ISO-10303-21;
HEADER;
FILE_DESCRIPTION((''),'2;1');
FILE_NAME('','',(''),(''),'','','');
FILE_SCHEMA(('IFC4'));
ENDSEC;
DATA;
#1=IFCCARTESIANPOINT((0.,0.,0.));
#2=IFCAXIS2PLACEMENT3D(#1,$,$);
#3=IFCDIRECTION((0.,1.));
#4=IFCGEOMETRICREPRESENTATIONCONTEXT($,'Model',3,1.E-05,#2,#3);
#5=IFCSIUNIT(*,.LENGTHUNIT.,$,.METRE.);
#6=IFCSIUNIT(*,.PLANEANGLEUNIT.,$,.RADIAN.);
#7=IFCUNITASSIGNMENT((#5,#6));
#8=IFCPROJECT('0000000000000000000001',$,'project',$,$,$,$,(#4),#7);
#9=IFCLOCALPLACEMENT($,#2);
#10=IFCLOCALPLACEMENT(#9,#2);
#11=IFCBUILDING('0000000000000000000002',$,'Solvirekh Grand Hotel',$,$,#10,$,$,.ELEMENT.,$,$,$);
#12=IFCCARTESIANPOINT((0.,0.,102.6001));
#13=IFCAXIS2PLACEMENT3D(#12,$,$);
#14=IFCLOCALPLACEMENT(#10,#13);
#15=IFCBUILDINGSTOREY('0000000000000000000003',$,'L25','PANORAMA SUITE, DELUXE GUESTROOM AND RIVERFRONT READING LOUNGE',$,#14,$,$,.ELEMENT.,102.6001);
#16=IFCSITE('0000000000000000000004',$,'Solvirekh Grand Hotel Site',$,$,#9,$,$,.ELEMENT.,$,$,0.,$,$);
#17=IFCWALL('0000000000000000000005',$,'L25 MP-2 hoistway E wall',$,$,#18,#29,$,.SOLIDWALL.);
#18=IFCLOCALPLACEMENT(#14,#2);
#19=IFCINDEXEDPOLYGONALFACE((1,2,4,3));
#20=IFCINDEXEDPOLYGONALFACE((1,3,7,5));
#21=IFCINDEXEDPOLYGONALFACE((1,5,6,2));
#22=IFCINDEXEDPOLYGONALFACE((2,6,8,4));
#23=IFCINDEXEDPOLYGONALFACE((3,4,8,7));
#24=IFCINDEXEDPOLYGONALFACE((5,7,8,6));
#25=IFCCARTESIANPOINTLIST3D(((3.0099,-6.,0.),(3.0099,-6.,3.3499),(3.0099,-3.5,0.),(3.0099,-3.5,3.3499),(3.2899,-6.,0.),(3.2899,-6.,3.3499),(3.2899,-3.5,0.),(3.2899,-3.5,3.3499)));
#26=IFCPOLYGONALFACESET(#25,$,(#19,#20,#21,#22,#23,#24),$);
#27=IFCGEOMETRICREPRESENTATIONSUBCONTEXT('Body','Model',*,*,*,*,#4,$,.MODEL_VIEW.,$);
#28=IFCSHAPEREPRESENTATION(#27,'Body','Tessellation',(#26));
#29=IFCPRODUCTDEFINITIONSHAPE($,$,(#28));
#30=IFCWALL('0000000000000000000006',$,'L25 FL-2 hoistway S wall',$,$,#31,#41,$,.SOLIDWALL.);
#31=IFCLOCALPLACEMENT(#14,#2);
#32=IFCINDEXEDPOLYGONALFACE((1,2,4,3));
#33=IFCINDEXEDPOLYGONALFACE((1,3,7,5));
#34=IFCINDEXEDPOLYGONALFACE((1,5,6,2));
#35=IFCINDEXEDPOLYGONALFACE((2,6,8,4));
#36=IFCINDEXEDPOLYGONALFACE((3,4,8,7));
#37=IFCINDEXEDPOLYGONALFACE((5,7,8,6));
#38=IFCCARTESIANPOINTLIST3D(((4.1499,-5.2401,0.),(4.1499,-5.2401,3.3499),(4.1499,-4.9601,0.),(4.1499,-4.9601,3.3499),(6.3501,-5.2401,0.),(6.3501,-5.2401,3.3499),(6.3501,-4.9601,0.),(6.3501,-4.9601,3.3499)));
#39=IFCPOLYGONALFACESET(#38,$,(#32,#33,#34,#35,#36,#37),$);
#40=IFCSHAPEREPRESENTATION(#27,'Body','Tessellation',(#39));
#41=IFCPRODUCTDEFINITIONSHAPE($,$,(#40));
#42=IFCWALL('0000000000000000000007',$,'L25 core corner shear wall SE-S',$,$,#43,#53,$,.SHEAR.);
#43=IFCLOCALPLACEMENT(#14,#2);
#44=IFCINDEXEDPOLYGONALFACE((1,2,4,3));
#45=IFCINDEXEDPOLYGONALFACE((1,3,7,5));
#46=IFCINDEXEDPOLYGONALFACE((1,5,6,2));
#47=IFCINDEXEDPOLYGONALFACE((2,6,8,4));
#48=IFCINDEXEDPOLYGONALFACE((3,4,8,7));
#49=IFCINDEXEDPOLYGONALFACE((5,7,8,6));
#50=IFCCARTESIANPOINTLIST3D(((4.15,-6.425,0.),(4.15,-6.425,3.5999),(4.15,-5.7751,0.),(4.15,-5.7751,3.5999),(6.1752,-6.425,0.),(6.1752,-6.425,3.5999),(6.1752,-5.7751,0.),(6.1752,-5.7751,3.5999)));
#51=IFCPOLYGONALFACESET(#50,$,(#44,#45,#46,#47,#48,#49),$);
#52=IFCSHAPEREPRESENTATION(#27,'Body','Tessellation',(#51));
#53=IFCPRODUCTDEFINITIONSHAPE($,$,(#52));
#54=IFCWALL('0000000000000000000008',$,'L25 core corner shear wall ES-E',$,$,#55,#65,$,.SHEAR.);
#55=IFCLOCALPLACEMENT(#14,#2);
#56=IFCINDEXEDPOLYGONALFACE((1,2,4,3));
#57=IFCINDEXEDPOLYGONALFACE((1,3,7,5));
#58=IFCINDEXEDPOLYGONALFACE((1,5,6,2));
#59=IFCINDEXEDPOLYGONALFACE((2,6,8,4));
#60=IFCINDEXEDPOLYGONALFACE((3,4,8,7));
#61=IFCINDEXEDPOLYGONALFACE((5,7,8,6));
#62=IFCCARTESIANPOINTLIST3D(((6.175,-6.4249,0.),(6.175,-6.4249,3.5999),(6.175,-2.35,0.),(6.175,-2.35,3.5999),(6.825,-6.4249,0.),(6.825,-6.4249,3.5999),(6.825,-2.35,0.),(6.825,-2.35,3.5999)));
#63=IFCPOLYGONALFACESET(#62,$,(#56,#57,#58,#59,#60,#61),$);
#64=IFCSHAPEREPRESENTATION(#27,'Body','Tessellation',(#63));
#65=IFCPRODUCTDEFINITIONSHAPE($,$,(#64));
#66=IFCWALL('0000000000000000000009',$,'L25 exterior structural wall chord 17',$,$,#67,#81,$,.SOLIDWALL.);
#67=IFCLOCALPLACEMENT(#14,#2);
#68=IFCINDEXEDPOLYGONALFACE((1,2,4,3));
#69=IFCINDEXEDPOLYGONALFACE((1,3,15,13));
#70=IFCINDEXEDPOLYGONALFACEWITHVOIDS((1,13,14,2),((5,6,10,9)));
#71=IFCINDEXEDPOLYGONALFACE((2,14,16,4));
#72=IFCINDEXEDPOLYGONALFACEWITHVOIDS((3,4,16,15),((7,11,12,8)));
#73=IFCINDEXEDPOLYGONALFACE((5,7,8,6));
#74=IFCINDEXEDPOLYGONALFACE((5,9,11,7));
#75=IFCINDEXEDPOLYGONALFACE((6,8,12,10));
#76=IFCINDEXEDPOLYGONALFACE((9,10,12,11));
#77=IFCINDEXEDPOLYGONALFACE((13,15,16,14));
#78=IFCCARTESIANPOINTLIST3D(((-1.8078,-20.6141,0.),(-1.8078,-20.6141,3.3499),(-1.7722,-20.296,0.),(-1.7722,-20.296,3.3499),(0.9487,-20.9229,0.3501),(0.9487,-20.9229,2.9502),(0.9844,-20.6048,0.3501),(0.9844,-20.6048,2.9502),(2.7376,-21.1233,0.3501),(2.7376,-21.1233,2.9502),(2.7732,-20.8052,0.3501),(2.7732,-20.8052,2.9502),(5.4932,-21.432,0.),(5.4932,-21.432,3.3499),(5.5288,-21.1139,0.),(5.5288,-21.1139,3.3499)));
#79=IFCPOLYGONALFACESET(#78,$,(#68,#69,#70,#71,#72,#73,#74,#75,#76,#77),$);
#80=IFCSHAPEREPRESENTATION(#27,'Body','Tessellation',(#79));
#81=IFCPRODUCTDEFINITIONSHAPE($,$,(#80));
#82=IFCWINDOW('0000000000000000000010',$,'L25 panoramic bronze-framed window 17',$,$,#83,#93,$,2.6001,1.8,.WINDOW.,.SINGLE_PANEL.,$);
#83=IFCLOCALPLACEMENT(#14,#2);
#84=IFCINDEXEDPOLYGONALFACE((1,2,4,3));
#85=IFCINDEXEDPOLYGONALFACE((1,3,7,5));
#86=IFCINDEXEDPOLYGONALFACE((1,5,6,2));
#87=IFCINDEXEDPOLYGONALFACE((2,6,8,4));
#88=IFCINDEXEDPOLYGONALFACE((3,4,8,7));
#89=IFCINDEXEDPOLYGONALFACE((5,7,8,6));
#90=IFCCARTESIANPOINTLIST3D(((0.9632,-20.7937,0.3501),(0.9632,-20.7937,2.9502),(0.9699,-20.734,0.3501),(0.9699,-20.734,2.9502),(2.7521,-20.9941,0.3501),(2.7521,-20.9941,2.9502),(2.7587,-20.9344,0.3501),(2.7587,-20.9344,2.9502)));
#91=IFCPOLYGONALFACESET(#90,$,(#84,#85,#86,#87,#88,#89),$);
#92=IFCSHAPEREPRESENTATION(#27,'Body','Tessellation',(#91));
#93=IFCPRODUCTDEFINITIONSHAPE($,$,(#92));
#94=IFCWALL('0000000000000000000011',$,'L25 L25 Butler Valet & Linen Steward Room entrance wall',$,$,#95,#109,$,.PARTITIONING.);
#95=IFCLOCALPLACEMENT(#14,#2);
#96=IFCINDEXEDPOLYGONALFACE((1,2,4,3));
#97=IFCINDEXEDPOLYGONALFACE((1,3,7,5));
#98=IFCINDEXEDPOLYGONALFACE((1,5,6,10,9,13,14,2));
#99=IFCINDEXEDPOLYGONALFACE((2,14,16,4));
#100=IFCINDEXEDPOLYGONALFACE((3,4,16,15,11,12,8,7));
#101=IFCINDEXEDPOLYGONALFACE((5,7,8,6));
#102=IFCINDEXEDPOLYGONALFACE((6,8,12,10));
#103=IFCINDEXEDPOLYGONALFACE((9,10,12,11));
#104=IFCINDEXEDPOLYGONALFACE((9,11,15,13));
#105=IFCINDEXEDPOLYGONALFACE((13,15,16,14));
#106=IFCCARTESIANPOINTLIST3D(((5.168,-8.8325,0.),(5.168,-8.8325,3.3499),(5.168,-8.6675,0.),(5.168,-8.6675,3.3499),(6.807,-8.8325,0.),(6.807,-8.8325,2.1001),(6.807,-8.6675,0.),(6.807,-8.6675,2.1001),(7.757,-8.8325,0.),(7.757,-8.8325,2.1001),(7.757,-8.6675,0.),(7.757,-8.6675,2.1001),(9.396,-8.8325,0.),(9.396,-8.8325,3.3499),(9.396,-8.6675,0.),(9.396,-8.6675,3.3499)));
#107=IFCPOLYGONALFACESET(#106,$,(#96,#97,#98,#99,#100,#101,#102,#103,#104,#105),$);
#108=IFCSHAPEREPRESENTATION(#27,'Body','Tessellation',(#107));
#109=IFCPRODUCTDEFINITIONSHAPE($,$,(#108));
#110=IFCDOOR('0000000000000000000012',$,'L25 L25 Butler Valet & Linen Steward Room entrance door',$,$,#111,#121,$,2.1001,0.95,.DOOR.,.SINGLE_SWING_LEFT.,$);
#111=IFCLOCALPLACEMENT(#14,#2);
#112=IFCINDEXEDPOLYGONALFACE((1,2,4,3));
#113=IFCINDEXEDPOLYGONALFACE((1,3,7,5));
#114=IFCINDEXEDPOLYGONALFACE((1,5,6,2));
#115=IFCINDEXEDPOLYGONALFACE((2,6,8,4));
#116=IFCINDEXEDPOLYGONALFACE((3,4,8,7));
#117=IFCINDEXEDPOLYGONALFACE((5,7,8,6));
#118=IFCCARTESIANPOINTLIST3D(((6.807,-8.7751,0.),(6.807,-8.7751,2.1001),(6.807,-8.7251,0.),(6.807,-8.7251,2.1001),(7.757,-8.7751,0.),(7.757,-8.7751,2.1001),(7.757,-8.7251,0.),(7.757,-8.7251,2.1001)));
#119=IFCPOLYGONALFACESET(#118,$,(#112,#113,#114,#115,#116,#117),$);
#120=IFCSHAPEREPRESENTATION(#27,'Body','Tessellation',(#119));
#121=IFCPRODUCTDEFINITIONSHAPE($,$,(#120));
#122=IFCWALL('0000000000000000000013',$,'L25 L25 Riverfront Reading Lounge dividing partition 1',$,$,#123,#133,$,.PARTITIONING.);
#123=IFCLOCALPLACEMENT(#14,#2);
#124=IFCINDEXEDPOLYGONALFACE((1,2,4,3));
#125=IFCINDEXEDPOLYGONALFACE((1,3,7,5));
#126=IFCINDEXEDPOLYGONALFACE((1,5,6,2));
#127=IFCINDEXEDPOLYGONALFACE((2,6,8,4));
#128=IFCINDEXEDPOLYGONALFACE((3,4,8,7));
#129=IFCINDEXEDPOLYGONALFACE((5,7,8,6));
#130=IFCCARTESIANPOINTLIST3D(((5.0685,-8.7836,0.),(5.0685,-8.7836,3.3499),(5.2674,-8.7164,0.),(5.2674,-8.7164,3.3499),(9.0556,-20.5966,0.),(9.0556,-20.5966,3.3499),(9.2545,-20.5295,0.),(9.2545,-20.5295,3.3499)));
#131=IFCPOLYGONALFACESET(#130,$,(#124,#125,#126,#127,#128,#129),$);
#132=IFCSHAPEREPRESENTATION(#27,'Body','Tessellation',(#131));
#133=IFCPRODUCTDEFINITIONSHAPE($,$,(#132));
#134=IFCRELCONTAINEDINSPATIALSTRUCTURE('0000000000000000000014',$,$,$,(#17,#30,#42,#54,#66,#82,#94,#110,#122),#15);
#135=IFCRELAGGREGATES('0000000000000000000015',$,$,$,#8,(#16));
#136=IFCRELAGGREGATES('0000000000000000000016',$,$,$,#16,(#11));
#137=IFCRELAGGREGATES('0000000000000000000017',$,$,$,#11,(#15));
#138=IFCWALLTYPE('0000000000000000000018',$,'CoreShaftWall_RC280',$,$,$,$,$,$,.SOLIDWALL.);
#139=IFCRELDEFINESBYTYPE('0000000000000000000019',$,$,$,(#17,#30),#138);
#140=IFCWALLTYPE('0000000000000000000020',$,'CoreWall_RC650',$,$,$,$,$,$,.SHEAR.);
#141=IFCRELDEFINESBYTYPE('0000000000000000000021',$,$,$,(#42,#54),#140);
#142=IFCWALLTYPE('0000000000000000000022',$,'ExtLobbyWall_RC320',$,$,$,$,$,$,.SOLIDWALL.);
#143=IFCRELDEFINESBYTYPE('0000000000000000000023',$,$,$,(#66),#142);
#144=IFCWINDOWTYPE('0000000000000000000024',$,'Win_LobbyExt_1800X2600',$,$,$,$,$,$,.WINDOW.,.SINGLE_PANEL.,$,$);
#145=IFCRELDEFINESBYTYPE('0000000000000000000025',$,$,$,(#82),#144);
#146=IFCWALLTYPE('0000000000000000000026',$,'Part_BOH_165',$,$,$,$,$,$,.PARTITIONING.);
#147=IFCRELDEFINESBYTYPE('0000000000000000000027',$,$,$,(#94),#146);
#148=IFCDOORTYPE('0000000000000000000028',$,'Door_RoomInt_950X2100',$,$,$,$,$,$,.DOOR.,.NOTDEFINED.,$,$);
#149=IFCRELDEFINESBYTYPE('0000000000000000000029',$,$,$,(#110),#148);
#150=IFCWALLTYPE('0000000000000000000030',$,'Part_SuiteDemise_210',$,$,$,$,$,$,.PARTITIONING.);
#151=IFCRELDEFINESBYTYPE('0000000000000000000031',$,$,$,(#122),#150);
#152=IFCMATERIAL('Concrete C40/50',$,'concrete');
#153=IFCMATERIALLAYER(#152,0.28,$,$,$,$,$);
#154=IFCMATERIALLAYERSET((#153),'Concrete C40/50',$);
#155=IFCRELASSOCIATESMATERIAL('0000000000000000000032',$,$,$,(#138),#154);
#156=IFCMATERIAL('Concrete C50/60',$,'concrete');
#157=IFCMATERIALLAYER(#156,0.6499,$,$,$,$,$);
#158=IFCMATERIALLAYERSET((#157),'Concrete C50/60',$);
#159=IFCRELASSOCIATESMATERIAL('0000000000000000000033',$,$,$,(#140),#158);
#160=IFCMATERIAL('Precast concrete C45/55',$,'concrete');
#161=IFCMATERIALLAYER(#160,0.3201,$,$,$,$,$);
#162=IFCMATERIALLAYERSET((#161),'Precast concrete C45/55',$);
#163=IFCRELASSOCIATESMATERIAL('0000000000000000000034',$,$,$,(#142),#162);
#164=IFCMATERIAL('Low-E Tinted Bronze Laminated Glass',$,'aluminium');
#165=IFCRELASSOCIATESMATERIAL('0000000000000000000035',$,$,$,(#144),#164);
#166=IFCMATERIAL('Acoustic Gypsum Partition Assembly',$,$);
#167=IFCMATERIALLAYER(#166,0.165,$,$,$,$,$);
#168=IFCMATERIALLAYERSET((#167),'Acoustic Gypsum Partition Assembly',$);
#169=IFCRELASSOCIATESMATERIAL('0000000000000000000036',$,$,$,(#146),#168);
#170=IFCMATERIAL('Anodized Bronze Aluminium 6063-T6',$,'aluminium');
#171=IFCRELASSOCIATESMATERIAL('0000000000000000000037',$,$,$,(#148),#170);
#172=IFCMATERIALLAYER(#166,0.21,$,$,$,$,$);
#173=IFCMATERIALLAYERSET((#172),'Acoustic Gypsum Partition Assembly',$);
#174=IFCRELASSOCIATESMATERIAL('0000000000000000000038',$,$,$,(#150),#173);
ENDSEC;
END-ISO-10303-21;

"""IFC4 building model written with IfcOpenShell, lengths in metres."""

from ifc_helpers import new_model, si_unit, direction, frame, frame_2d, origin, place, context, subcontext, project, spatial, rectangle, extrude, material, layer, layer_set, type_object, element, fill, save


model = new_model("IFC4")

# Units and contexts
model_context = context("Model", 3, precision=1e-05, world=origin(), true_north=direction((0.0, 1.0)))
body_context = subcontext(model_context, "Body", "Model", "MODEL_VIEW")
ifc_project = project(units=[si_unit("LENGTHUNIT", "METRE"), si_unit("PLANEANGLEUNIT", "RADIAN")], contexts=[model_context])

# Site, building, storey
site_placement = place(None, origin())
site = spatial("IfcSite", under=ifc_project, at=site_placement, Name="Solvirekh Grand Hotel Site", CompositionType="ELEMENT", RefElevation=0.0)
building_placement = place(site_placement, origin())
building = spatial("IfcBuilding", under=site, at=building_placement, Name="Solvirekh Grand Hotel", CompositionType="ELEMENT")
storey_placement = place(building_placement, frame((0.0, 0.0, 102.6001)))
storey = spatial("IfcBuildingStorey", under=building, at=storey_placement, Name="L25", Description="PANORAMA SUITE, DELUXE GUESTROOM AND RIVERFRONT READING LOUNGE", CompositionType="ELEMENT", Elevation=102.6001)

# Shared definitions
ifc_material_1 = material(Name="Concrete C50/60", Category="concrete")

# Shared definitions
ifc_material_2 = material(Name="Anodized Bronze Aluminium 6063-T6", Category="aluminium")

# Shared definitions
ifc_material_3 = material(Name="Concrete C40/50", Category="concrete")
ifc_layer_1 = layer(ifc_material_3, 0.28)
ifc_layer_set_1 = layer_set([ifc_layer_1], Name="Concrete C40/50")
wall_type_1 = type_object("IfcWallType", Name="CoreShaftWall_RC280", PredefinedType="SOLIDWALL", material=ifc_layer_set_1)

# Walls
wall_1_placement = place(storey_placement, frame((3.1499, -6.0, 0.0), z_axis=(0.0, 0.0, 1.0), x_axis=(0.0, 1.0, 0.0)))
element("IfcWall", 1, at=wall_1_placement, inside=storey, type_object=wall_type_1, Name="L25 MP-2 hoistway E wall", PredefinedType="SOLIDWALL", context=body_context, shape_type="SweptSolid", body=[
    extrude(rectangle(XDim=2.5, YDim=0.28, at=frame_2d((1.25, 0.0))), origin(), (0.0, 0.0, 1.0), 3.3499),
])
wall_2_placement = place(storey_placement, frame((4.1499, -5.1001, 0.0), z_axis=(0.0, 0.0, 1.0), x_axis=(1.0, 0.0, 0.0)))
element("IfcWall", 2, at=wall_2_placement, inside=storey, type_object=wall_type_1, Name="L25 FL-2 hoistway S wall", PredefinedType="SOLIDWALL", context=body_context, shape_type="SweptSolid", body=[
    extrude(rectangle(XDim=2.2002, YDim=0.28, at=frame_2d((1.1001, 0.0))), origin(), (0.0, 0.0, 1.0), 3.3499),
])
ifc_layer_2 = layer(ifc_material_1, 0.6499)
ifc_layer_set_2 = layer_set([ifc_layer_2], Name="Concrete C50/60")
wall_type_2 = type_object("IfcWallType", Name="CoreWall_RC650", PredefinedType="SHEAR", material=ifc_layer_set_2)
wall_3_placement = place(storey_placement, frame((4.1499, -6.1001, 0.0), z_axis=(0.0, 0.0, 1.0), x_axis=(1.0, 0.0, 0.0)))
element("IfcWall", 3, at=wall_3_placement, inside=storey, type_object=wall_type_2, Name="L25 core corner shear wall SE-S", PredefinedType="SHEAR", context=body_context, shape_type="SweptSolid", body=[
    extrude(rectangle(XDim=2.0251, YDim=0.6499, at=frame_2d((1.0127, 0.0))), origin(), (0.0, 0.0, 1.0), 3.5999),
])
wall_4_placement = place(storey_placement, frame((6.5, -6.425, 0.0), z_axis=(0.0, 0.0, 1.0), x_axis=(0.0, 1.0, 0.0)))
element("IfcWall", 4, at=wall_4_placement, inside=storey, type_object=wall_type_2, Name="L25 core corner shear wall ES-E", PredefinedType="SHEAR", context=body_context, shape_type="SweptSolid", body=[
    extrude(rectangle(XDim=4.075, YDim=0.6499, at=frame_2d((2.0376, 0.0))), origin(), (0.0, 0.0, 1.0), 3.5999),
])

# Wall, opening, window
ifc_material_4 = material(Name="Precast concrete C45/55", Category="concrete")
ifc_layer_3 = layer(ifc_material_4, 0.3201)
ifc_layer_set_3 = layer_set([ifc_layer_3], Name="Precast concrete C45/55")
wall_type_3 = type_object("IfcWallType", Name="ExtLobbyWall_RC320", PredefinedType="SOLIDWALL", material=ifc_layer_set_3)
wall_5_placement = place(storey_placement, frame((5.511, -21.2729, 0.0), z_axis=(0.0, 0.0, 1.0), x_axis=(-0.993784, 0.111325, 0.0)))
wall_5 = element("IfcWall", 5, at=wall_5_placement, inside=storey, type_object=wall_type_3, Name="L25 exterior structural wall chord 17", PredefinedType="SOLIDWALL", context=body_context, shape_type="SweptSolid", body=[
    extrude(rectangle(XDim=7.3467, YDim=0.3201, at=frame_2d((3.6733, 0.0))), origin(), (0.0, 0.0, 1.0), 3.3499),
])
opening_1_placement = place(wall_5_placement, frame((2.7729, 0.0, 0.3501)))
opening_1 = element("IfcOpeningElement", 6, at=opening_1_placement, cuts=wall_5, PredefinedType="OPENING", context=body_context, shape_type="SweptSolid", body=[
    extrude(rectangle(XDim=1.8, YDim=2.6001, at=frame_2d((0.8999, 1.3))), frame((0.0, 0.1699, 0.0), z_axis=(0.0, -1.0, 0.0), x_axis=(1.0, 0.0, 0.0)), (0.0, 0.0, 1.0), 0.3401),
])
ifc_material_5 = material(Name="Low-E Tinted Bronze Laminated Glass", Category="aluminium")
window_type = type_object("IfcWindowType", Name="Win_LobbyExt_1800X2600", PartitioningType="SINGLE_PANEL", PredefinedType="WINDOW", material=ifc_material_5)
window_placement = place(opening_1_placement, origin())
window = element("IfcWindow", 7, at=window_placement, inside=storey, type_object=window_type, Name="L25 panoramic bronze-framed window 17", OverallHeight=2.6001, OverallWidth=1.8, PartitioningType="SINGLE_PANEL", PredefinedType="WINDOW", context=body_context, shape_type="SweptSolid", body=[
    extrude(rectangle(XDim=1.8, YDim=2.6001, at=frame_2d((0.8999, 1.3))), frame((0.0, 0.03, 0.0), z_axis=(0.0, -1.0, 0.0), x_axis=(1.0, 0.0, 0.0)), (0.0, 0.0, 1.0), 0.0601),
])
fill(opening_1, window)

# Wall, opening, door
ifc_material_6 = material(Name="Acoustic Gypsum Partition Assembly")
ifc_layer_4 = layer(ifc_material_6, 0.165)
ifc_layer_set_4 = layer_set([ifc_layer_4], Name="Acoustic Gypsum Partition Assembly")
wall_type_4 = type_object("IfcWallType", Name="Part_BOH_165", PredefinedType="PARTITIONING", material=ifc_layer_set_4)
wall_6_placement = place(storey_placement, frame((5.168, -8.75, 0.0), z_axis=(0.0, 0.0, 1.0), x_axis=(1.0, 0.0, 0.0)))
wall_6 = element("IfcWall", 8, at=wall_6_placement, inside=storey, type_object=wall_type_4, Name="L25 L25 Butler Valet & Linen Steward Room entrance wall", PredefinedType="PARTITIONING", context=body_context, shape_type="SweptSolid", body=[
    extrude(rectangle(XDim=4.228, YDim=0.165, at=frame_2d((2.114, 0.0))), origin(), (0.0, 0.0, 1.0), 3.3499),
])
opening_2_placement = place(wall_6_placement, frame((1.6389, 0.0, 0.0)))
opening_2 = element("IfcOpeningElement", 9, at=opening_2_placement, cuts=wall_6, PredefinedType="OPENING", context=body_context, shape_type="SweptSolid", body=[
    extrude(rectangle(XDim=0.95, YDim=2.1001, at=frame_2d((0.4751, 1.05))), frame((0.0, 0.0925, 0.0), z_axis=(0.0, -1.0, 0.0), x_axis=(1.0, 0.0, 0.0)), (0.0, 0.0, 1.0), 0.1851),
])
door_type_1 = type_object("IfcDoorType", Name="Door_RoomInt_950X2100", OperationType="NOTDEFINED", PredefinedType="DOOR", material=ifc_material_2)
door_1_placement = place(opening_2_placement, origin())
door_1 = element("IfcDoor", 10, at=door_1_placement, inside=storey, type_object=door_type_1, Name="L25 L25 Butler Valet & Linen Steward Room entrance door", OperationType="SINGLE_SWING_LEFT", OverallHeight=2.1001, OverallWidth=0.95, PredefinedType="DOOR", context=body_context, shape_type="SweptSolid", body=[
    extrude(rectangle(XDim=0.95, YDim=2.1001, at=frame_2d((0.4751, 1.05))), frame((0.0, 0.0249, 0.0), z_axis=(0.0, -1.0, 0.0), x_axis=(1.0, 0.0, 0.0)), (0.0, 0.0, 1.0), 0.05),
])
fill(opening_2, door_1)

# Wall
ifc_layer_5 = layer(ifc_material_6, 0.21)
ifc_layer_set_5 = layer_set([ifc_layer_5], Name="Acoustic Gypsum Partition Assembly")
wall_type_5 = type_object("IfcWallType", Name="Part_SuiteDemise_210", PredefinedType="PARTITIONING", material=ifc_layer_set_5)
wall_7_placement = place(storey_placement, frame((5.168, -8.75, 0.0), z_axis=(0.0, 0.0, 1.0), x_axis=(0.319791, -0.947488, 0.0)))
element("IfcWall", 11, at=wall_7_placement, inside=storey, type_object=wall_type_5, Name="L25 L25 Riverfront Reading Lounge dividing partition 1", PredefinedType="PARTITIONING", context=body_context, shape_type="SweptSolid", body=[
    extrude(rectangle(XDim=12.4678, YDim=0.21, at=frame_2d((6.2339, 0.0))), origin(), (0.0, 0.0, 1.0), 3.3499),
])

save(model, "model.ifc")
